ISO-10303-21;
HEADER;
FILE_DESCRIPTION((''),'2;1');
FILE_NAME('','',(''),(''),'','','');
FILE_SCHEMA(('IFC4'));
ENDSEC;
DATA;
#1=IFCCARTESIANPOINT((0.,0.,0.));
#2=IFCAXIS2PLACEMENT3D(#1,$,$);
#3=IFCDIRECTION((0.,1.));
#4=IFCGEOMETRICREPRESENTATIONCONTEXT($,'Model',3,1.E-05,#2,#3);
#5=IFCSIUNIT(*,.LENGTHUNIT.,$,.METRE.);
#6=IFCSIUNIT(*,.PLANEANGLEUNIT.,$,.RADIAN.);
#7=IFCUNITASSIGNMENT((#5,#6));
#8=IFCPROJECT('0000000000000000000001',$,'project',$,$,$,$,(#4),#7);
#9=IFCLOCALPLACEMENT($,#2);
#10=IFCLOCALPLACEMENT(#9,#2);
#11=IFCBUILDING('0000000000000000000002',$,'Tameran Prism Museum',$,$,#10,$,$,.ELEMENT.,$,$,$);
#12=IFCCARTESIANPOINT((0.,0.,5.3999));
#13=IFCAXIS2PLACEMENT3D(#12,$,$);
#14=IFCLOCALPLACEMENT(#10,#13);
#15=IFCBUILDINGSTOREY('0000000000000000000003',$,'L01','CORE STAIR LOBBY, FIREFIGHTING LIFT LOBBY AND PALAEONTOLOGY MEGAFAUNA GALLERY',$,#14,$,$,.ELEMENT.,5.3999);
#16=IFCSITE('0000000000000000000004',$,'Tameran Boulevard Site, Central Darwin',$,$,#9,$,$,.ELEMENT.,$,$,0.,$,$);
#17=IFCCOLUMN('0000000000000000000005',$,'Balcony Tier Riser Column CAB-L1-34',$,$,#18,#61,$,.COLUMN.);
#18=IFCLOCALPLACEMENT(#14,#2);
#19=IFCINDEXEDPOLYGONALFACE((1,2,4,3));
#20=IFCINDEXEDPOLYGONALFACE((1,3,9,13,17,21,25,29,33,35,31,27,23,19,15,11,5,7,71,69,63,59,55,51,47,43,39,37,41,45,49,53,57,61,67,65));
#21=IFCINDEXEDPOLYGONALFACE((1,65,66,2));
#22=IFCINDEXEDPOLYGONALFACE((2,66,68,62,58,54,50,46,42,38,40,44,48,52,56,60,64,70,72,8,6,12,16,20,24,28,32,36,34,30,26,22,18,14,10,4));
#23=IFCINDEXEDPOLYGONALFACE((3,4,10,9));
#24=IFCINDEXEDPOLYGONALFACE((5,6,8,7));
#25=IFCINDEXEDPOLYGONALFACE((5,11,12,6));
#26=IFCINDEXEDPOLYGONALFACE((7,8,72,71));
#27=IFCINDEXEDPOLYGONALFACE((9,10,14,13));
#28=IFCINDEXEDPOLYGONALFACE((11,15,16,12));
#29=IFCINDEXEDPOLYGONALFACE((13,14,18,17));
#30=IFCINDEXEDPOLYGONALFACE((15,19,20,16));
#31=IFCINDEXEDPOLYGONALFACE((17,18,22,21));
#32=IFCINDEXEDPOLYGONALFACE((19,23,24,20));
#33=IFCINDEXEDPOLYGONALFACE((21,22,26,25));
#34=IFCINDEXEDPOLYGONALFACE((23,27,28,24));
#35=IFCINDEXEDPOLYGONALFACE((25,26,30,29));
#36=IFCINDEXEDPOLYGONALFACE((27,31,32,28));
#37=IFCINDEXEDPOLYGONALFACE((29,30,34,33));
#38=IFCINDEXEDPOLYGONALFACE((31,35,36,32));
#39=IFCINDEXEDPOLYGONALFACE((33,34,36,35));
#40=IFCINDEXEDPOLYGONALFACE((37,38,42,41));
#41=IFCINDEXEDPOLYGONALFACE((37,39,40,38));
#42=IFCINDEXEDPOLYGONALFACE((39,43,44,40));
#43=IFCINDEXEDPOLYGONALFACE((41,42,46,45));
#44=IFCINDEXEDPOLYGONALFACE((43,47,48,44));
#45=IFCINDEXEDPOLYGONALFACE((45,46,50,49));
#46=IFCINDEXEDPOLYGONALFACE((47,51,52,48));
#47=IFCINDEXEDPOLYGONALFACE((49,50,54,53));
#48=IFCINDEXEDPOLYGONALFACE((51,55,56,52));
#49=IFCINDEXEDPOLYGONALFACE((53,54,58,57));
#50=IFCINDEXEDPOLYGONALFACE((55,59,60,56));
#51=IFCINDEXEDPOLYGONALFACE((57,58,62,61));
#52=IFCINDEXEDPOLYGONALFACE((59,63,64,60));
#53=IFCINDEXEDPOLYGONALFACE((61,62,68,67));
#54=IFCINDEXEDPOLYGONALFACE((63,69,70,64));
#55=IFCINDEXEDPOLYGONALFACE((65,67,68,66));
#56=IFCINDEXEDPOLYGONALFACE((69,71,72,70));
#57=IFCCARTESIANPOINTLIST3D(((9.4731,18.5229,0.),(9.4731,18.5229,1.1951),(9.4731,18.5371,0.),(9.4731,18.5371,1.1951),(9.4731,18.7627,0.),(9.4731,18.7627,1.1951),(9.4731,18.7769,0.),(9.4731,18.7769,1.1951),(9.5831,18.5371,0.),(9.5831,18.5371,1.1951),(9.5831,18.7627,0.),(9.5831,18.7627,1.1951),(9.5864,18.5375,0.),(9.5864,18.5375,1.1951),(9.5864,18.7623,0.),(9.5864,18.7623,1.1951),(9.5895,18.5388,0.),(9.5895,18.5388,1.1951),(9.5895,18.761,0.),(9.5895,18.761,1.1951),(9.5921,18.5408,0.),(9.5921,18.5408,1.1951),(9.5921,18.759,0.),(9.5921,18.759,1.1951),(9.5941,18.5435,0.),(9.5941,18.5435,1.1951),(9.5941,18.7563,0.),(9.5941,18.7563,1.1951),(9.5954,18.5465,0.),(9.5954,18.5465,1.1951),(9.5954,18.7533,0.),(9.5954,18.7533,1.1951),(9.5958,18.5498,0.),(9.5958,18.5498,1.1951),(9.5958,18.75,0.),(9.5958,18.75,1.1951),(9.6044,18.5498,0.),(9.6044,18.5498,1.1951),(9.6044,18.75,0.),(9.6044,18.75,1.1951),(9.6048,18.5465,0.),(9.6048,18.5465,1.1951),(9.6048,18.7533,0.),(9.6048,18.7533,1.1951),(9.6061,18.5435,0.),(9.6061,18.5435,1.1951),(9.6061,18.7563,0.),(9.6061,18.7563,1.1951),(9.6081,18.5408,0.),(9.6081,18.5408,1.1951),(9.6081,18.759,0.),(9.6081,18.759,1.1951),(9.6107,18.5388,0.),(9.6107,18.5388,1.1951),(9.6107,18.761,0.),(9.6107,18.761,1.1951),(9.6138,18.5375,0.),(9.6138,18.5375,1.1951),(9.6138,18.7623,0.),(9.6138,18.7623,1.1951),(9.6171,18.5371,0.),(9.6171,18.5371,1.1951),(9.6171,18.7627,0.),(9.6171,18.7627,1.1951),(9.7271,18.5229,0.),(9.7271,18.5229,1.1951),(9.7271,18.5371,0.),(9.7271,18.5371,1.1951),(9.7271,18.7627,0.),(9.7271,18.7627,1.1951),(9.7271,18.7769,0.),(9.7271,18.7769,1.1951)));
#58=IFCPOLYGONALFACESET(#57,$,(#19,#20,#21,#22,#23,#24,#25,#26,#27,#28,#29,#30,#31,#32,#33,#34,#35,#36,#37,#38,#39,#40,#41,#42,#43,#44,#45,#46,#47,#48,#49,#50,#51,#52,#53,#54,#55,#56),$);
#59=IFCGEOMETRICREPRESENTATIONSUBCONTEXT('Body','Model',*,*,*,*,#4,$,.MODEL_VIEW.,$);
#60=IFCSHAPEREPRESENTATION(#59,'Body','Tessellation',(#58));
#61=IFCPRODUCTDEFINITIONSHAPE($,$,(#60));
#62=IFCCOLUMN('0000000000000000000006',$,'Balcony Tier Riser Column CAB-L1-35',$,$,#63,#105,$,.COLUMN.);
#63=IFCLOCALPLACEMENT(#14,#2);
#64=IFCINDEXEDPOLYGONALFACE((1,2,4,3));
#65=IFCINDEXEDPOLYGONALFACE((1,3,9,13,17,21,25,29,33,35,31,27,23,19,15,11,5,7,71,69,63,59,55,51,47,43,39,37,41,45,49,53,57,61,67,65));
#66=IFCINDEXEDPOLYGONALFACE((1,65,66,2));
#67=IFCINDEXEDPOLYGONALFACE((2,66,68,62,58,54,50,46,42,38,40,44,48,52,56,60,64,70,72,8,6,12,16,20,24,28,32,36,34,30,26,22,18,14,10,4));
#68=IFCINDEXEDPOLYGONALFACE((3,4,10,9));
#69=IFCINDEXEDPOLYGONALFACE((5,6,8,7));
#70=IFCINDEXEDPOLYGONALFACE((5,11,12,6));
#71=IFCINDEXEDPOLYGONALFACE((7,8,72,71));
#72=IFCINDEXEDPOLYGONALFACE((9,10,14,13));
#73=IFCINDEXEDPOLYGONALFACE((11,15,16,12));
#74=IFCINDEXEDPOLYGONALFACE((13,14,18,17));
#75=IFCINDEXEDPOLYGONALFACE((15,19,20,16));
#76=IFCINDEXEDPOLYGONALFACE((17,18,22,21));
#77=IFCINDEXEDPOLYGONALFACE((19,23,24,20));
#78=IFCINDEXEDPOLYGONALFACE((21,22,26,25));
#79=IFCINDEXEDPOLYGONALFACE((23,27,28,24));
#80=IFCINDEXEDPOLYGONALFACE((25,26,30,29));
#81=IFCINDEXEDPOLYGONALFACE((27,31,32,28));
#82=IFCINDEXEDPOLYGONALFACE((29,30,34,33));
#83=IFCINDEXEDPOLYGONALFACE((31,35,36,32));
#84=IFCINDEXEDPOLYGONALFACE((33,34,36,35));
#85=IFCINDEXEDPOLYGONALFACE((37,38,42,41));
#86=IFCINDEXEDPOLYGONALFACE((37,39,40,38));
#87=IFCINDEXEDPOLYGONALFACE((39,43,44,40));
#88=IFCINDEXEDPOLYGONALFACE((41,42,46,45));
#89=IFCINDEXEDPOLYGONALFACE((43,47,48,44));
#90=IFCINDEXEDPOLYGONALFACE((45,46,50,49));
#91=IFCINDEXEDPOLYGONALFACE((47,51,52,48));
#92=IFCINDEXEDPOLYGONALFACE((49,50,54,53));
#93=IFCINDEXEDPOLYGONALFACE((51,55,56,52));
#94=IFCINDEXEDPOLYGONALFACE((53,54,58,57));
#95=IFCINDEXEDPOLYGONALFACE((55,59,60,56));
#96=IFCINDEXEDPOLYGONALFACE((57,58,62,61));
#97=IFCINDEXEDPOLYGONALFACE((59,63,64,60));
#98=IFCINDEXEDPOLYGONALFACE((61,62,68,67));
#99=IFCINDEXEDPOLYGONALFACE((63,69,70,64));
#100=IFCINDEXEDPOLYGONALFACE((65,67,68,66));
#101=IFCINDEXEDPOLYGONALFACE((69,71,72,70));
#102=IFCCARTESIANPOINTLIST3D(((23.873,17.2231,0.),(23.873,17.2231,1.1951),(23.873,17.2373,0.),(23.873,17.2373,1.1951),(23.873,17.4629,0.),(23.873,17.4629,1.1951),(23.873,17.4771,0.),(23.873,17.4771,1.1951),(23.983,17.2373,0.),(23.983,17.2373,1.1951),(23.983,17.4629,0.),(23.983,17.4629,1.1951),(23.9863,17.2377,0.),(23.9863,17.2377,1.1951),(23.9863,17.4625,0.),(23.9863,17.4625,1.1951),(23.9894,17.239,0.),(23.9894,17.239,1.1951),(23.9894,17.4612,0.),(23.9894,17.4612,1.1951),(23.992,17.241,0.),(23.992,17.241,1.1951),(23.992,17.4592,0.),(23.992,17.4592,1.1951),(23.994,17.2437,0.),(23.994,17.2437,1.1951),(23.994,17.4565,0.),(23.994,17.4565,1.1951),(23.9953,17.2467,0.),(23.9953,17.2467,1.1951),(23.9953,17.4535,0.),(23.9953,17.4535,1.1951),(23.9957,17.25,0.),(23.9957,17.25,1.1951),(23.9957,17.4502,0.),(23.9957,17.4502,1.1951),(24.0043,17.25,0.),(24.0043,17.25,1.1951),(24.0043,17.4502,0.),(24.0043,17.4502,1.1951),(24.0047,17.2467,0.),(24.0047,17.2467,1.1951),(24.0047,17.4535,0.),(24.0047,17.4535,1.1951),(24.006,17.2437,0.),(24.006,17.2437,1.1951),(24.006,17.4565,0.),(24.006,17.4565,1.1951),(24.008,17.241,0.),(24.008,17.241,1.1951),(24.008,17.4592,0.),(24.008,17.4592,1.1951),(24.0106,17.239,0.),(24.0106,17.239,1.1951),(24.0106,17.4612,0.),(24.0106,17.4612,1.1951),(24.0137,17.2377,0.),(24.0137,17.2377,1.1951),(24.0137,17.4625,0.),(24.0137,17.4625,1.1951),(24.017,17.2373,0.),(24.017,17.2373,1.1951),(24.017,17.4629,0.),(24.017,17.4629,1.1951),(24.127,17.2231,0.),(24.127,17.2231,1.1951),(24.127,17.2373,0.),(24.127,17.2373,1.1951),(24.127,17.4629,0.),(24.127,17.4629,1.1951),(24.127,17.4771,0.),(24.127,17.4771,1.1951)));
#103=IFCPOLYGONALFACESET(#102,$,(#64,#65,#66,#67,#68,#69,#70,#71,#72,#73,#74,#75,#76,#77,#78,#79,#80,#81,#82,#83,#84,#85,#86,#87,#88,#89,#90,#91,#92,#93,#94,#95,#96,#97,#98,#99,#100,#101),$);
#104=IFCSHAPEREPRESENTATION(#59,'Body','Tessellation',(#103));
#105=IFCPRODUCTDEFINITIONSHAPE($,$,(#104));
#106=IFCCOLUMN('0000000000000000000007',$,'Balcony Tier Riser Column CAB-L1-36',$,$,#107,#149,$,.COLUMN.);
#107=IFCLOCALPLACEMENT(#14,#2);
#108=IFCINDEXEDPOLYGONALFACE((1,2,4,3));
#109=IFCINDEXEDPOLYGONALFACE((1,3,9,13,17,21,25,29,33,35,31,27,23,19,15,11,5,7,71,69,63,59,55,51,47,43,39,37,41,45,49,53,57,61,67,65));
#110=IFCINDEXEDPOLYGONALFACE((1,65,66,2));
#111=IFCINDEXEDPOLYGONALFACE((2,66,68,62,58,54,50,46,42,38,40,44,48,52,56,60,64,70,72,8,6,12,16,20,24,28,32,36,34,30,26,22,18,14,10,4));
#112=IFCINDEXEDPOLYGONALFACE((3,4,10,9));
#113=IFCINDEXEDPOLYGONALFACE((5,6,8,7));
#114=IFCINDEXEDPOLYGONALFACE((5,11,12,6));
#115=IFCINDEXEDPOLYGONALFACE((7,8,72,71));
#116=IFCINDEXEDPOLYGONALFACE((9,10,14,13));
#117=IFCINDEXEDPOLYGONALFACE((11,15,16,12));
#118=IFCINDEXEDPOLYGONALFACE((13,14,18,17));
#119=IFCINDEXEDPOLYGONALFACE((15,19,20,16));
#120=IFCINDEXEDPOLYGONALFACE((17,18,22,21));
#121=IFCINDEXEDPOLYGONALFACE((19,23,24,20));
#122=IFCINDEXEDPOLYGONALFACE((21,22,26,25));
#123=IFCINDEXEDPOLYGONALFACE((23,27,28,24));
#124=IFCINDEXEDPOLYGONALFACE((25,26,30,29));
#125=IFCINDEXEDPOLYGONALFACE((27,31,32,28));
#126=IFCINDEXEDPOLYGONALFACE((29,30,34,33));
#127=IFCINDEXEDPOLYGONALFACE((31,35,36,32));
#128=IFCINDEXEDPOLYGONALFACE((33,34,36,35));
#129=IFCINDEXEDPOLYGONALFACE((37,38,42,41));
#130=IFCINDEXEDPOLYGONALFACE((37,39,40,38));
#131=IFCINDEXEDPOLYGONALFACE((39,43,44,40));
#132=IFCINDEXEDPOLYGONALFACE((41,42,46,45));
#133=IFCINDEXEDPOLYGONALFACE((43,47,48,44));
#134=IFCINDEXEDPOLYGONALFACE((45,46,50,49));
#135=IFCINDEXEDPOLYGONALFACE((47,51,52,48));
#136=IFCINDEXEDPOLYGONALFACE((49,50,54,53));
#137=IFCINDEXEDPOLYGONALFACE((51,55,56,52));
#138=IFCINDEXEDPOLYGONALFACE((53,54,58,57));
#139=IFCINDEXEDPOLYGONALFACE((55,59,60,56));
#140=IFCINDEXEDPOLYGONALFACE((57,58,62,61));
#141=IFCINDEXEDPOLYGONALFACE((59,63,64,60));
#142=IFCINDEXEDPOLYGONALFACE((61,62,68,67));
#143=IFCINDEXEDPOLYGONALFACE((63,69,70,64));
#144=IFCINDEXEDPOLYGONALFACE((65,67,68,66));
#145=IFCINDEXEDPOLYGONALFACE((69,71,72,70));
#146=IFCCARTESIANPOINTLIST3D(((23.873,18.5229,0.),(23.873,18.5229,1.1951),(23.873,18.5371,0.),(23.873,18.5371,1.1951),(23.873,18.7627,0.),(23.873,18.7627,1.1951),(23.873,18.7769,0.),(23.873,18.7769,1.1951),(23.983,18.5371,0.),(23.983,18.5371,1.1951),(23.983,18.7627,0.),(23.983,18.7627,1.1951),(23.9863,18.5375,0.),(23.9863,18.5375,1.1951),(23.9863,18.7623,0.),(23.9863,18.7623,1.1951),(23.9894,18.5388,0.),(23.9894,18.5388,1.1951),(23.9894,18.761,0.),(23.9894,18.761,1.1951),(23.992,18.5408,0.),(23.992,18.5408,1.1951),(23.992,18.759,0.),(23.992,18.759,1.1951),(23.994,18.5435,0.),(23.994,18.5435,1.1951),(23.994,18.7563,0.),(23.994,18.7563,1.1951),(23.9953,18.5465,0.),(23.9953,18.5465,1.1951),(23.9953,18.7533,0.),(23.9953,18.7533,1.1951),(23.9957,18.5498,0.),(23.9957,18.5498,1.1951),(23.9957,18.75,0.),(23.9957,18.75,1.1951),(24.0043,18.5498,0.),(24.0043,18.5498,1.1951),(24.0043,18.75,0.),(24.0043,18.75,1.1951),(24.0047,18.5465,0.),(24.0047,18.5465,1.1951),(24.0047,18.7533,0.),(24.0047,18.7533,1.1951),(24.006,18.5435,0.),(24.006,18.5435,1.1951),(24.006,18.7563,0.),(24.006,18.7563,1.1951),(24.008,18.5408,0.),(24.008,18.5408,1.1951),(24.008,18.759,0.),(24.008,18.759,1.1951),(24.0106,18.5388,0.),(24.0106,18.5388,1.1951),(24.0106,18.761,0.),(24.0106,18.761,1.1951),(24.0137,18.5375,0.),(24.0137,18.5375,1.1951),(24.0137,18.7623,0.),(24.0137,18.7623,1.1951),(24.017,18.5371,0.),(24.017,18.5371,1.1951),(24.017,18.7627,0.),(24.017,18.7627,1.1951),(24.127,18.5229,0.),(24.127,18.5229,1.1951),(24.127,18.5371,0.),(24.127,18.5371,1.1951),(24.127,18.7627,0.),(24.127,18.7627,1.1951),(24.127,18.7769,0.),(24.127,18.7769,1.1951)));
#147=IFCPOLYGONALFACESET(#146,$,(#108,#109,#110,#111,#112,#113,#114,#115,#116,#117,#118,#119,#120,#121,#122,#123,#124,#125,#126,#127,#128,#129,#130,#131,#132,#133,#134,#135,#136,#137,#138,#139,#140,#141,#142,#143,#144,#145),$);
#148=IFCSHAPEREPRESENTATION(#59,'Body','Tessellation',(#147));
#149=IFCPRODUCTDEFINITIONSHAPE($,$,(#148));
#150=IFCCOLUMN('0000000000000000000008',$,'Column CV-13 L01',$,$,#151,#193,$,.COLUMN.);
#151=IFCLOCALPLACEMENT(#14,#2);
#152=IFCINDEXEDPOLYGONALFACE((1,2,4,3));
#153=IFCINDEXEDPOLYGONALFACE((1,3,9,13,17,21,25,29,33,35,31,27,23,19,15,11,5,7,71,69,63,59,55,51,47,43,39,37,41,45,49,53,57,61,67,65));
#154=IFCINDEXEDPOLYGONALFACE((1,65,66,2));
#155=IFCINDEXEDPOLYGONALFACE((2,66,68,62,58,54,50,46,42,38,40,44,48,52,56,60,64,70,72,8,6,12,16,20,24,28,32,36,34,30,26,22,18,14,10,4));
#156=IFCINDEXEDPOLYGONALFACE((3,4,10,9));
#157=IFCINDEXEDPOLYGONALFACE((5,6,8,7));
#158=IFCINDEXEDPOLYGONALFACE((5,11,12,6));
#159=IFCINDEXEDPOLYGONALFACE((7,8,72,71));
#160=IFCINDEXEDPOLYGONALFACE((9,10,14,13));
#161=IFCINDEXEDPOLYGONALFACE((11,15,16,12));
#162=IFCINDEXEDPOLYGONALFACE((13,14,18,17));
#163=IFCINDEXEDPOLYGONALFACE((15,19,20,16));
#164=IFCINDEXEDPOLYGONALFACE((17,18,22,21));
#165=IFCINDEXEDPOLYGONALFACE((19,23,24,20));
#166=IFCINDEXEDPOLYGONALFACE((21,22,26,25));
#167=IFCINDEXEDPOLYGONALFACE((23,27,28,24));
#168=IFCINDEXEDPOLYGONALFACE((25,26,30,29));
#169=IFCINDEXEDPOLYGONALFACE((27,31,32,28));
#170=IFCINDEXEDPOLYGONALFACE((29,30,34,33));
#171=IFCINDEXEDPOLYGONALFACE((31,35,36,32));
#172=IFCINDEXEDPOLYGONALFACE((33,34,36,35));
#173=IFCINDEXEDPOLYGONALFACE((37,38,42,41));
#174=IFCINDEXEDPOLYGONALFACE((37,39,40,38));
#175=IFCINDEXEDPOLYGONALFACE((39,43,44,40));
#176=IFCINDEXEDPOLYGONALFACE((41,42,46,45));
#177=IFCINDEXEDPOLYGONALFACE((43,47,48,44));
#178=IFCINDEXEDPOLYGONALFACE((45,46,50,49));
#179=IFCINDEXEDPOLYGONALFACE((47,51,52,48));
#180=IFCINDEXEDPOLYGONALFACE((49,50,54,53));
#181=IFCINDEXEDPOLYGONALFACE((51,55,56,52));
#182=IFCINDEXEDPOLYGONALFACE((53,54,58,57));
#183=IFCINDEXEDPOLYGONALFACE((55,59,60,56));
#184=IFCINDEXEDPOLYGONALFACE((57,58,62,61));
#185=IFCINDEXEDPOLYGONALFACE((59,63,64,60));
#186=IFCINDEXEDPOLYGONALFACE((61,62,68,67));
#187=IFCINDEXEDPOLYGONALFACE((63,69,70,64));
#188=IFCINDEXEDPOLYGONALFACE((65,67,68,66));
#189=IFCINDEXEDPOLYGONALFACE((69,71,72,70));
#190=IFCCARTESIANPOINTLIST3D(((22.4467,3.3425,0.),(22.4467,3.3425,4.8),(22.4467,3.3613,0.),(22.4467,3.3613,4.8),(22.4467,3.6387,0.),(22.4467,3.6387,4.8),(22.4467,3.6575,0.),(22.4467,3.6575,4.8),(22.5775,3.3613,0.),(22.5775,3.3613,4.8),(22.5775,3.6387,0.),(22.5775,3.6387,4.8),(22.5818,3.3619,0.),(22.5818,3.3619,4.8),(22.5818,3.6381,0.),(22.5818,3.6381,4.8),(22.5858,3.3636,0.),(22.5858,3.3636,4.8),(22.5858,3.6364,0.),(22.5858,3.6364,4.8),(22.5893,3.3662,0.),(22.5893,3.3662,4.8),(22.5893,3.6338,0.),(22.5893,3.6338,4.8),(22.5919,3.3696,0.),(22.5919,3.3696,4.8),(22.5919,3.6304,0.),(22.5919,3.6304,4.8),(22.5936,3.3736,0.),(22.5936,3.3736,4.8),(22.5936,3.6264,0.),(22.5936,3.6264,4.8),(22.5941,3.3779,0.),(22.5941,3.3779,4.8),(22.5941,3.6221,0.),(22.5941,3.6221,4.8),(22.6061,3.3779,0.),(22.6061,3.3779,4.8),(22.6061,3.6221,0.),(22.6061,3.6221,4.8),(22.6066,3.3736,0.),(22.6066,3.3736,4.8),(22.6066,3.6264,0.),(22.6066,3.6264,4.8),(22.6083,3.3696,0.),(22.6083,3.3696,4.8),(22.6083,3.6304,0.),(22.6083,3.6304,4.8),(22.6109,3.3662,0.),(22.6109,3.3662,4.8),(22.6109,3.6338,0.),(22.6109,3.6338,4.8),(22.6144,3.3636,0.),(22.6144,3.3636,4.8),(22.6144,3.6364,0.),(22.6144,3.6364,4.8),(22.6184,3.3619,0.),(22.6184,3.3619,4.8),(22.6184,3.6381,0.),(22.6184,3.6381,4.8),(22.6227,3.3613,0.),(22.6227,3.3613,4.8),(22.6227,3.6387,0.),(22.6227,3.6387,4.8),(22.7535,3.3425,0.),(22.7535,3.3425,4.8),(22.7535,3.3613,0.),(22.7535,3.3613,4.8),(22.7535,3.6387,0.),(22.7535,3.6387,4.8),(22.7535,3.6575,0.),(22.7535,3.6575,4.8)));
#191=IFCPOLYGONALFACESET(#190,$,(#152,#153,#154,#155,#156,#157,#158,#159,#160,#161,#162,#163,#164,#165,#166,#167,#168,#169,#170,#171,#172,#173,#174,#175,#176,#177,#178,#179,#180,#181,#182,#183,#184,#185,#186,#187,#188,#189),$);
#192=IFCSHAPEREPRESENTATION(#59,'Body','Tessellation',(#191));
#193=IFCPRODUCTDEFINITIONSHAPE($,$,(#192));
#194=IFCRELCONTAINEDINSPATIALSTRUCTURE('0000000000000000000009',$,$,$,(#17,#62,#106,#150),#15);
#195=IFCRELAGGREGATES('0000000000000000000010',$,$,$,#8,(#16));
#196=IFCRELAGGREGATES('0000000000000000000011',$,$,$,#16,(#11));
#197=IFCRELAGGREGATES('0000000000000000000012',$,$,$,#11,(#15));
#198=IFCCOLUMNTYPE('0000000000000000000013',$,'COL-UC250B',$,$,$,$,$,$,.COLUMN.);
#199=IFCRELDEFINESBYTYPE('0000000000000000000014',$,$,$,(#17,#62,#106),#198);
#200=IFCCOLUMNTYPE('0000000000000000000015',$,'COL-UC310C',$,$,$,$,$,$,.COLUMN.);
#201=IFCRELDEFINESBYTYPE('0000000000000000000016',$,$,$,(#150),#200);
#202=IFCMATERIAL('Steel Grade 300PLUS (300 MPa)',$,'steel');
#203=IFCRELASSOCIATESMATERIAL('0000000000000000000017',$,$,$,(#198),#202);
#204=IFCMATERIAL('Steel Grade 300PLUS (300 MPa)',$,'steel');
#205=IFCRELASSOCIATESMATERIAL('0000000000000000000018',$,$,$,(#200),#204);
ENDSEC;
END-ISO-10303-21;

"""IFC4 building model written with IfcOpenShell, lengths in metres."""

from ifc_helpers import new_model, si_unit, direction, frame, origin, origin_2d, place, context, subcontext, project, spatial, i_section, extrude, material, material_profile, profile_set, type_object, element, save


model = new_model("IFC4")

# Units and contexts
model_context = context("Model", 3, precision=1e-05, world=origin(), true_north=direction((0.0, 1.0)))
body_context = subcontext(model_context, "Body", "Model", "MODEL_VIEW")
ifc_project = project(units=[si_unit("LENGTHUNIT", "METRE"), si_unit("PLANEANGLEUNIT", "RADIAN")], contexts=[model_context])

# Site, building, storey
site_placement = place(None, origin())
site = spatial("IfcSite", under=ifc_project, at=site_placement, Name="Tameran Boulevard Site, Central Darwin", CompositionType="ELEMENT", RefElevation=0.0)
building_placement = place(site_placement, origin())
building = spatial("IfcBuilding", under=site, at=building_placement, Name="Tameran Prism Museum", CompositionType="ELEMENT")
storey_placement = place(building_placement, frame((0.0, 0.0, 5.3999)))
storey = spatial("IfcBuildingStorey", under=building, at=storey_placement, Name="L01", Description="CORE STAIR LOBBY, FIREFIGHTING LIFT LOBBY AND PALAEONTOLOGY MEGAFAUNA GALLERY", CompositionType="ELEMENT", Elevation=5.3999)

# Columns
ifc_material_1 = material(Name="Steel Grade 300PLUS (300 MPa)", Category="steel")
ifc_material_profile_1 = material_profile(ifc_material_1, i_section(OverallWidth=0.2539, OverallDepth=0.2539, WebThickness=0.0085, FlangeThickness=0.0142, FilletRadius=0.0127, at=origin_2d()))
ifc_profile_set_1 = profile_set([ifc_material_profile_1])
column_type_1 = type_object("IfcColumnType", Name="COL-UC250B", PredefinedType="COLUMN", material=ifc_profile_set_1)
for number, where, z_axis, x_axis, name in (
    (1, (9.6001, 18.6499, 0.0), (0.0, 0.0, 1.0), (1.0, 0.0, 0.0), "Balcony Tier Riser Column CAB-L1-34"),
    (2, (24.0, 17.3501, 0.0), (0.0, 0.0, 1.0), (1.0, 0.0, 0.0), "Balcony Tier Riser Column CAB-L1-35"),
    (3, (24.0, 18.6499, 0.0), (0.0, 0.0, 1.0), (1.0, 0.0, 0.0), "Balcony Tier Riser Column CAB-L1-36"),
):
    element("IfcColumn", number, at=place(storey_placement, frame(where, z_axis=z_axis, x_axis=x_axis)), inside=storey, type_object=column_type_1, Name=name, PredefinedType="COLUMN", context=body_context, shape_type="SweptSolid", body=[
        extrude(i_section(OverallWidth=0.2539, OverallDepth=0.2539, WebThickness=0.0085, FlangeThickness=0.0142, FilletRadius=0.0127, at=origin_2d()), origin(), (0.0, 0.0, 1.0), 1.1951),
    ])
ifc_material_2 = material(Name="Steel Grade 300PLUS (300 MPa)", Category="steel")
ifc_material_profile_2 = material_profile(ifc_material_2, i_section(OverallWidth=0.3069, OverallDepth=0.3149, WebThickness=0.012, FlangeThickness=0.0188, FilletRadius=0.0166, at=origin_2d()))
ifc_profile_set_2 = profile_set([ifc_material_profile_2])
column_type_2 = type_object("IfcColumnType", Name="COL-UC310C", PredefinedType="COLUMN", material=ifc_profile_set_2)
for number, where, z_axis, x_axis, name in (
    (4, (22.6001, 3.5, 0.0), (0.0, 0.0, 1.0), (1.0, 0.0, 0.0), "Column CV-13 L01"),
):
    element("IfcColumn", number, at=place(storey_placement, frame(where, z_axis=z_axis, x_axis=x_axis)), inside=storey, type_object=column_type_2, Name=name, PredefinedType="COLUMN", context=body_context, shape_type="SweptSolid", body=[
        extrude(i_section(OverallWidth=0.3069, OverallDepth=0.3149, WebThickness=0.012, FlangeThickness=0.0188, FilletRadius=0.0166, at=origin_2d()), origin(), (0.0, 0.0, 1.0), 4.8),
    ])

save(model, "model.ifc")
